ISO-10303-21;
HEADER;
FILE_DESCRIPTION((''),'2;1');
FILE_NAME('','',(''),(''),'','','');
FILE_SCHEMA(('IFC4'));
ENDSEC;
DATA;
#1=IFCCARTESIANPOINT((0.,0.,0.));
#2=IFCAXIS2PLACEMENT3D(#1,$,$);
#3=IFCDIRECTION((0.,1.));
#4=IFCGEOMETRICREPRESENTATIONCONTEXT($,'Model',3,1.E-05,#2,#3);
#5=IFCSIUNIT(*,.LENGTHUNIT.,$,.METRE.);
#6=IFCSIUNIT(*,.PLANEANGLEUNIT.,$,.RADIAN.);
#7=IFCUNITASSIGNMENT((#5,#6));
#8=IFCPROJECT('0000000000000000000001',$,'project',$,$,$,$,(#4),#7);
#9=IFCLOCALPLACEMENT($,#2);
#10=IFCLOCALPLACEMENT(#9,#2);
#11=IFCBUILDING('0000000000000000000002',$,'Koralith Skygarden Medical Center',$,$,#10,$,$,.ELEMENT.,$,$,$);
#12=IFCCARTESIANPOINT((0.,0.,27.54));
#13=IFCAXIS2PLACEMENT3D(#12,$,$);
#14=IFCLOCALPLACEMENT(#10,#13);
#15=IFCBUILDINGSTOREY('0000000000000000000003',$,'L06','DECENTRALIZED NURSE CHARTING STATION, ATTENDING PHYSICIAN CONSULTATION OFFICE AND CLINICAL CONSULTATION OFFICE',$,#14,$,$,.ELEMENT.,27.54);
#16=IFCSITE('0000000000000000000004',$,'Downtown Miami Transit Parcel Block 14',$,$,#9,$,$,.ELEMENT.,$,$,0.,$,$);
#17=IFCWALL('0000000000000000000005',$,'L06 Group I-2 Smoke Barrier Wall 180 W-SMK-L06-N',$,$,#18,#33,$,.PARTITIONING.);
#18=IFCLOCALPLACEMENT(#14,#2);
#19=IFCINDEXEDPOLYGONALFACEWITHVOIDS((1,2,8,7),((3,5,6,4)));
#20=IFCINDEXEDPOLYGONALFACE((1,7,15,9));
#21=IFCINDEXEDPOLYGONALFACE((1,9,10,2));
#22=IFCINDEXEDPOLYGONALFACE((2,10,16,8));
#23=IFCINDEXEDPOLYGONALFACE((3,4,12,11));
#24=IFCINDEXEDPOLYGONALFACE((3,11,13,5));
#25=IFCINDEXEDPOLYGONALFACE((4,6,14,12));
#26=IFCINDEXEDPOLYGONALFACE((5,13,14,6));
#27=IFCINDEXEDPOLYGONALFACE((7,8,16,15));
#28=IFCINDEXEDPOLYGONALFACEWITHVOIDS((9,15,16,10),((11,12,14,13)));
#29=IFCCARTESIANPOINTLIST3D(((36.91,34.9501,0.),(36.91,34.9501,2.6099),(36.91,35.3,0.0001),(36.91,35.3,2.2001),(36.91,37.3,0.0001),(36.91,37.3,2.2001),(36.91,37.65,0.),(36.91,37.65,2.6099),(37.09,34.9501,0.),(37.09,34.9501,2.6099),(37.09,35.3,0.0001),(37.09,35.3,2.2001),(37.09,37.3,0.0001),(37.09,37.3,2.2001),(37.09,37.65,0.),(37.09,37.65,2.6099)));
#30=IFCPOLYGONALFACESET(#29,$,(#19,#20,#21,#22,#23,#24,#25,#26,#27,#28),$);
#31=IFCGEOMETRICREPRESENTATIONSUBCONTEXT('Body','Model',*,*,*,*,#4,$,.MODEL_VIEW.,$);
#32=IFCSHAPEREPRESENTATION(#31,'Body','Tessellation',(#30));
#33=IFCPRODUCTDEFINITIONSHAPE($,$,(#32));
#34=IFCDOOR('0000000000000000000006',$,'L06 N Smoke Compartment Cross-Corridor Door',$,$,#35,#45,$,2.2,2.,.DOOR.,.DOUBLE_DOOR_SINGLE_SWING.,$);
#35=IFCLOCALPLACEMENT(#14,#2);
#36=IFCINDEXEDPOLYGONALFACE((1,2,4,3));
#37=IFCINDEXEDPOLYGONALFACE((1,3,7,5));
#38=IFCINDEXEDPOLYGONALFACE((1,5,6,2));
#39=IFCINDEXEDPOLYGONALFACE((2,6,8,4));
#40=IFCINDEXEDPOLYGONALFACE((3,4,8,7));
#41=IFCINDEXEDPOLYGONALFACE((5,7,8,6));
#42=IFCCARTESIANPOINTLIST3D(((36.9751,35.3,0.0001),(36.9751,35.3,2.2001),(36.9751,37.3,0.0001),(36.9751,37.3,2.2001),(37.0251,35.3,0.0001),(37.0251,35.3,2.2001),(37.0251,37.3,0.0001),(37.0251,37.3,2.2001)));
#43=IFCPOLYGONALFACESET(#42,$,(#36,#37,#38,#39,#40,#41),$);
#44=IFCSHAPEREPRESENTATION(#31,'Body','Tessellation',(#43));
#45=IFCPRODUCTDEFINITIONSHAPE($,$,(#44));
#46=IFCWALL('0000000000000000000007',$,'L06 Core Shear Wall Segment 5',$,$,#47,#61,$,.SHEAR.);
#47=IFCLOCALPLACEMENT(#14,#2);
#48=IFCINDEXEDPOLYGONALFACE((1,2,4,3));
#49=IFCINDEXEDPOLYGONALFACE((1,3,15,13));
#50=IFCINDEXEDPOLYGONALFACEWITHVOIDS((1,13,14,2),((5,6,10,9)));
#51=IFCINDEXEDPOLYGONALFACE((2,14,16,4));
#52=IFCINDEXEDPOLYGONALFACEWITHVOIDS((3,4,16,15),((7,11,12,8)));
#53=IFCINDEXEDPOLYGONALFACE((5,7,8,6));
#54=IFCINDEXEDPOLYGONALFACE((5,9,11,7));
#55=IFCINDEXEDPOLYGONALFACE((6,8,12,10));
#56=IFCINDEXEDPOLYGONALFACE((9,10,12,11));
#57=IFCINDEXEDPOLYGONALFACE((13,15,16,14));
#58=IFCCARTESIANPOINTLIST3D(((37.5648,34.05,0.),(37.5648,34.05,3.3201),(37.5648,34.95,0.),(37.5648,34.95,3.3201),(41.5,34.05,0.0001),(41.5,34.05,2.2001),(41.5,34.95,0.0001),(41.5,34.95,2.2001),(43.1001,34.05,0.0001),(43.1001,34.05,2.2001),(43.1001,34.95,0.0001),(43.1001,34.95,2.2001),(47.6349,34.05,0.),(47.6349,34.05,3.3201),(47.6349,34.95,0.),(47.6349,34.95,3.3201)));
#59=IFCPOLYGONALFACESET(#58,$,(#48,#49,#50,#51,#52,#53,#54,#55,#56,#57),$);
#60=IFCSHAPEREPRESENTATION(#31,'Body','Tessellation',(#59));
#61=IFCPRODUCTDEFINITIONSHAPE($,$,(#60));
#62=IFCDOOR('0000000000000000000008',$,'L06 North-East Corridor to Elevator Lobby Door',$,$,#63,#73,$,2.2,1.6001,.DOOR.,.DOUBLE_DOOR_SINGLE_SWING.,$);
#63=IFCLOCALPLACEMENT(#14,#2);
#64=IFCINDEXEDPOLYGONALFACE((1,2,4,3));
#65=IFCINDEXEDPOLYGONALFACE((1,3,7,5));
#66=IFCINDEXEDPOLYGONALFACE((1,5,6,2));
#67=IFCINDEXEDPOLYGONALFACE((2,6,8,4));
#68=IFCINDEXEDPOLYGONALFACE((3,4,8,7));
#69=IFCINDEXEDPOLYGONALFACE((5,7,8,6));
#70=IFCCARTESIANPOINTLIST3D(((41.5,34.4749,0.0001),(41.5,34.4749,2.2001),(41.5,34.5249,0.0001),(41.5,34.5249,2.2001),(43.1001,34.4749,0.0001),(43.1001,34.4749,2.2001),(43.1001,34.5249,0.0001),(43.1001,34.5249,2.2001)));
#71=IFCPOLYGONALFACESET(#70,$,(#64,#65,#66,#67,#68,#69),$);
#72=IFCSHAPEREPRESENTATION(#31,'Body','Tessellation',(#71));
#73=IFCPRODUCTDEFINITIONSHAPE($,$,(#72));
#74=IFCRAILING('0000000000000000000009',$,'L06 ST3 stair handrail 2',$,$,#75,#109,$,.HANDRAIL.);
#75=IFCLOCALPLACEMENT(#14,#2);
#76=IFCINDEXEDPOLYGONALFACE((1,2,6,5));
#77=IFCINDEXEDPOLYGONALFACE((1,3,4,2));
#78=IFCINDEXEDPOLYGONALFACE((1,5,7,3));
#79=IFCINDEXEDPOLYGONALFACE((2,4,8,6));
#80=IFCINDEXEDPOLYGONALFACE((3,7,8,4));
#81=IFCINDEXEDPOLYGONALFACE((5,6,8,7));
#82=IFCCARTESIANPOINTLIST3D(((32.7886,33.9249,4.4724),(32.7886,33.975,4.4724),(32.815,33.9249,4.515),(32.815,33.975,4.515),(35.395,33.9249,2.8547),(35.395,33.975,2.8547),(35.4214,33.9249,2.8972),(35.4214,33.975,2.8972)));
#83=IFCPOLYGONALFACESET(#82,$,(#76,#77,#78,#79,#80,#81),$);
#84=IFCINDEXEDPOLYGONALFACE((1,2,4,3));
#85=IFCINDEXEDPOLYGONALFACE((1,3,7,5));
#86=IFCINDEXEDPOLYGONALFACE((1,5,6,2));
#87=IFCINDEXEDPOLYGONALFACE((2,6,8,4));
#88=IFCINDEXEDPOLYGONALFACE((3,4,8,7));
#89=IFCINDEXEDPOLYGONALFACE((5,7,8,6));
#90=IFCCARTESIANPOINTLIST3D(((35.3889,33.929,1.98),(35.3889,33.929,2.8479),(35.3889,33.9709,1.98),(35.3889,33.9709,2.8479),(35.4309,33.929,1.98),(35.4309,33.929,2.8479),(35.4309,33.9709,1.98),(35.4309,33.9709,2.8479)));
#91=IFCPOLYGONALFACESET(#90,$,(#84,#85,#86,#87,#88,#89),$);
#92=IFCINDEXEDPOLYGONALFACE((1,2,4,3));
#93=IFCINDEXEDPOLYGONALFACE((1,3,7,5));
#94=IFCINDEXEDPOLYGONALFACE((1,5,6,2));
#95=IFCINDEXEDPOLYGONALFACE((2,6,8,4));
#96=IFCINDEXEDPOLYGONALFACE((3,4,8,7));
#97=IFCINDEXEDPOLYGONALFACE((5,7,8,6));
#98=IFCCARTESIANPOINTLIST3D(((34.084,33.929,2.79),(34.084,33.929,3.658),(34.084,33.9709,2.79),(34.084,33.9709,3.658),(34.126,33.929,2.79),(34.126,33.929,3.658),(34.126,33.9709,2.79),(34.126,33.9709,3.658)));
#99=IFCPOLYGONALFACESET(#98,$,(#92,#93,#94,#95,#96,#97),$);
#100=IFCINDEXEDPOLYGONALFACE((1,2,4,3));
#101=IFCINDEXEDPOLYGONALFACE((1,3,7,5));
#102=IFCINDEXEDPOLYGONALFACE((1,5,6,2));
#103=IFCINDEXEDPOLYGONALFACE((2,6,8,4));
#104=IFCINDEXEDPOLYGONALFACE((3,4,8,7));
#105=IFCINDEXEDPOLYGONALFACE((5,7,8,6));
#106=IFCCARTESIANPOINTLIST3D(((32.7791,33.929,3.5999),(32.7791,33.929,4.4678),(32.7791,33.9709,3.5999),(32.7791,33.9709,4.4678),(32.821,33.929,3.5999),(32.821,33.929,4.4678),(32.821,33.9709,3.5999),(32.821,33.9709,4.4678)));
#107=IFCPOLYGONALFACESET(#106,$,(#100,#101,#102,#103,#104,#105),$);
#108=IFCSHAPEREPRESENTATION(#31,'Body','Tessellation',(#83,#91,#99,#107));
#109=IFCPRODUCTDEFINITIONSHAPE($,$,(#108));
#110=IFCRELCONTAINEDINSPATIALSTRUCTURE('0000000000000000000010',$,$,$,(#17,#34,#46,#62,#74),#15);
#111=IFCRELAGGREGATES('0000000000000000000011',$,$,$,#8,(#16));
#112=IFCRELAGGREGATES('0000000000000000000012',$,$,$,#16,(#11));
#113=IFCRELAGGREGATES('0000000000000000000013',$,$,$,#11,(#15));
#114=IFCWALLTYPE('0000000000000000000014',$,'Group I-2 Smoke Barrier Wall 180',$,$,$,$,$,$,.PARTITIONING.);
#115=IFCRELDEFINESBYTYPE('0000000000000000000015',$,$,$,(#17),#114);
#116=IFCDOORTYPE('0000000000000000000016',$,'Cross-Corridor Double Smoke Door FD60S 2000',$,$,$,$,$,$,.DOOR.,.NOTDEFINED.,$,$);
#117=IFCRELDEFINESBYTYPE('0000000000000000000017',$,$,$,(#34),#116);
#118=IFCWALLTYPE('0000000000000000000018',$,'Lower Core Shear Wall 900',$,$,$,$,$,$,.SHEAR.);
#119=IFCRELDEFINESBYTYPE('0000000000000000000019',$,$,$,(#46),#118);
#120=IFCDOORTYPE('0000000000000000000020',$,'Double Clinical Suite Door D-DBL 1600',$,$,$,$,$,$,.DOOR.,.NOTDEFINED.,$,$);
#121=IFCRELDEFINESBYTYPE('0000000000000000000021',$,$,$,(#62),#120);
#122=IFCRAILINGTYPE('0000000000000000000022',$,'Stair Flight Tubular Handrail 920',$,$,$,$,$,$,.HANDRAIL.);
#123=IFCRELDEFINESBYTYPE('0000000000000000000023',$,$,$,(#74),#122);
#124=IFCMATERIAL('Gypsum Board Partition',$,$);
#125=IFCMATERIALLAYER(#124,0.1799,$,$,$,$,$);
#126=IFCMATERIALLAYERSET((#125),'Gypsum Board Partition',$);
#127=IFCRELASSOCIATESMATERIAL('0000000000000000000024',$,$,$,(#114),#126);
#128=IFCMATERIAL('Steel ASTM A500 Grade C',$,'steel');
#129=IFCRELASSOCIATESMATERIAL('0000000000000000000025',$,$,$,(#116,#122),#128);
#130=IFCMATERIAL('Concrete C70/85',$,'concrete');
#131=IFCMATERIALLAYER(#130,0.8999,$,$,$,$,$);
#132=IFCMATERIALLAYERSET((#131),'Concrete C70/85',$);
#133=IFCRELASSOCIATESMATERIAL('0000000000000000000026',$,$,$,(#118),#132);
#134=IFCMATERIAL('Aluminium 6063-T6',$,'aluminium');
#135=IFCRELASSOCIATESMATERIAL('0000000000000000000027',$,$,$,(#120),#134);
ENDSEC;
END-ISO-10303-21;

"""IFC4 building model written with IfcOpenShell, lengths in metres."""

from ifc_helpers import new_model, si_unit, direction, frame, frame_2d, origin, origin_2d, place, context, subcontext, project, spatial, rectangle, extrude, material, layer, layer_set, type_object, element, fill, save


model = new_model("IFC4")

# Units and contexts
model_context = context("Model", 3, precision=1e-05, world=origin(), true_north=direction((0.0, 1.0)))
body_context = subcontext(model_context, "Body", "Model", "MODEL_VIEW")
ifc_project = project(units=[si_unit("LENGTHUNIT", "METRE"), si_unit("PLANEANGLEUNIT", "RADIAN")], contexts=[model_context])

# Site, building, storey
site_placement = place(None, origin())
site = spatial("IfcSite", under=ifc_project, at=site_placement, Name="Downtown Miami Transit Parcel Block 14", CompositionType="ELEMENT", RefElevation=0.0)
building_placement = place(site_placement, origin())
building = spatial("IfcBuilding", under=site, at=building_placement, Name="Koralith Skygarden Medical Center", CompositionType="ELEMENT")
storey_placement = place(building_placement, frame((0.0, 0.0, 27.54)))
storey = spatial("IfcBuildingStorey", under=building, at=storey_placement, Name="L06", Description="DECENTRALIZED NURSE CHARTING STATION, ATTENDING PHYSICIAN CONSULTATION OFFICE AND CLINICAL CONSULTATION OFFICE", CompositionType="ELEMENT", Elevation=27.54)

# Shared definitions
ifc_material_1 = material(Name="Concrete C70/85", Category="concrete")

# Shared definitions
ifc_material_2 = material(Name="Aluminium 6063-T6", Category="aluminium")

# Shared definitions
ifc_material_3 = material(Name="Gypsum Board Partition")

# Walls, openings, doors
ifc_layer_1 = layer(ifc_material_3, 0.1799)
ifc_layer_set_1 = layer_set([ifc_layer_1], Name="Gypsum Board Partition")
wall_type_1 = type_object("IfcWallType", Name="Group I-2 Smoke Barrier Wall 180", PredefinedType="PARTITIONING", material=ifc_layer_set_1)
wall_1_placement = place(storey_placement, frame((37.0, 34.95, 0.0), z_axis=(0.0, 0.0, 1.0), x_axis=(0.0, 1.0, 0.0)))
wall_1 = element("IfcWall", 1, at=wall_1_placement, inside=storey, type_object=wall_type_1, Name="L06 Group I-2 Smoke Barrier Wall 180 W-SMK-L06-N", PredefinedType="PARTITIONING", context=body_context, shape_type="SweptSolid", body=[
    extrude(rectangle(XDim=2.7, YDim=0.1799, at=frame_2d((1.3501, 0.0))), origin(), (0.0, 0.0, 1.0), 2.6099),
])
opening_1_placement = place(wall_1_placement, frame((0.3501, 0.0, 0.0)))
opening_1 = element("IfcOpeningElement", 2, at=opening_1_placement, cuts=wall_1, PredefinedType="OPENING", context=body_context, shape_type="SweptSolid", body=[
    extrude(rectangle(XDim=2.0, YDim=2.2, at=frame_2d((1.0, 1.1001))), frame((0.0, 0.0999, 0.0), z_axis=(0.0, -1.0, 0.0), x_axis=(1.0, 0.0, 0.0)), (0.0, 0.0, 1.0), 0.2),
])
ifc_material_4 = material(Name="Steel ASTM A500 Grade C", Category="steel")
door_type_1 = type_object("IfcDoorType", Name="Cross-Corridor Double Smoke Door FD60S 2000", OperationType="NOTDEFINED", PredefinedType="DOOR", material=ifc_material_4)
door_1_placement = place(opening_1_placement, origin())
door_1 = element("IfcDoor", 3, at=door_1_placement, inside=storey, type_object=door_type_1, Name="L06 N Smoke Compartment Cross-Corridor Door", OperationType="DOUBLE_DOOR_SINGLE_SWING", OverallHeight=2.2, OverallWidth=2.0, PredefinedType="DOOR", context=body_context, shape_type="SweptSolid", body=[
    extrude(rectangle(XDim=2.0, YDim=2.2, at=frame_2d((1.0, 1.1001))), frame((0.0, 0.0249, 0.0), z_axis=(0.0, -1.0, 0.0), x_axis=(1.0, 0.0, 0.0)), (0.0, 0.0, 1.0), 0.05),
])
fill(opening_1, door_1)
ifc_layer_2 = layer(ifc_material_1, 0.8999)
ifc_layer_set_2 = layer_set([ifc_layer_2], Name="Concrete C70/85")
wall_type_2 = type_object("IfcWallType", Name="Lower Core Shear Wall 900", PredefinedType="SHEAR", material=ifc_layer_set_2)
wall_2_placement = place(storey_placement, frame((47.635, 34.5, 0.0), z_axis=(0.0, 0.0, 1.0), x_axis=(-1.0, 0.0, 0.0)))
wall_2 = element("IfcWall", 4, at=wall_2_placement, inside=storey, type_object=wall_type_2, Name="L06 Core Shear Wall Segment 5", PredefinedType="SHEAR", context=body_context, shape_type="SweptSolid", body=[
    extrude(rectangle(XDim=10.0701, YDim=0.8999, at=frame_2d((5.0352, 0.0))), origin(), (0.0, 0.0, 1.0), 3.3201),
])
opening_2_placement = place(wall_2_placement, frame((4.5349, 0.0, 0.0)))
opening_2 = element("IfcOpeningElement", 5, at=opening_2_placement, cuts=wall_2, PredefinedType="OPENING", context=body_context, shape_type="SweptSolid", body=[
    extrude(rectangle(XDim=1.6001, YDim=2.2, at=frame_2d((0.8, 1.1001))), frame((0.0, 0.46, 0.0), z_axis=(0.0, -1.0, 0.0), x_axis=(1.0, 0.0, 0.0)), (0.0, 0.0, 1.0), 0.9199),
])
door_type_2 = type_object("IfcDoorType", Name="Double Clinical Suite Door D-DBL 1600", OperationType="NOTDEFINED", PredefinedType="DOOR", material=ifc_material_2)
door_2_placement = place(opening_2_placement, frame((1.6001, 0.0, 0.0), z_axis=(0.0, 0.0, 1.0), x_axis=(-1.0, 0.0, 0.0)))
door_2 = element("IfcDoor", 6, at=door_2_placement, inside=storey, type_object=door_type_2, Name="L06 North-East Corridor to Elevator Lobby Door", OperationType="DOUBLE_DOOR_SINGLE_SWING", OverallHeight=2.2, OverallWidth=1.6001, PredefinedType="DOOR", context=body_context, shape_type="SweptSolid", body=[
    extrude(rectangle(XDim=1.6001, YDim=2.2, at=frame_2d((0.8, 1.1001))), frame((0.0, 0.0249, 0.0), z_axis=(0.0, -1.0, 0.0), x_axis=(1.0, 0.0, 0.0)), (0.0, 0.0, 1.0), 0.05),
])
fill(opening_2, door_2)

# Railing
railing_type = type_object("IfcRailingType", Name="Stair Flight Tubular Handrail 920", PredefinedType="HANDRAIL", material=ifc_material_4)
railing_placement = place(storey_placement, frame((35.4099, 33.95, 1.98)))
element("IfcRailing", 7, at=railing_placement, inside=storey, type_object=railing_type, Name="L06 ST3 stair handrail 2", PredefinedType="HANDRAIL", context=body_context, shape_type="SweptSolid", body=[
    extrude(rectangle(XDim=0.05, YDim=0.05, at=origin_2d()), frame((-0.0017, 0.0, 0.896), z_axis=(-0.849646, 0.0, 0.527353), x_axis=(0.0, -1.0, 0.0)), (0.0, 0.0, 1.0), 3.0676),
    extrude(rectangle(XDim=0.042, YDim=0.042, at=origin_2d()), origin(), (0.0, 0.0, 1.0), 0.8679),
    extrude(rectangle(XDim=0.042, YDim=0.042, at=origin_2d()), frame((-1.3049, 0.0, 0.8101)), (0.0, 0.0, 1.0), 0.8679),
    extrude(rectangle(XDim=0.042, YDim=0.042, at=origin_2d()), frame((-2.6099, 0.0, 1.6199)), (0.0, 0.0, 1.0), 0.8679),
])

save(model, "model.ifc")
